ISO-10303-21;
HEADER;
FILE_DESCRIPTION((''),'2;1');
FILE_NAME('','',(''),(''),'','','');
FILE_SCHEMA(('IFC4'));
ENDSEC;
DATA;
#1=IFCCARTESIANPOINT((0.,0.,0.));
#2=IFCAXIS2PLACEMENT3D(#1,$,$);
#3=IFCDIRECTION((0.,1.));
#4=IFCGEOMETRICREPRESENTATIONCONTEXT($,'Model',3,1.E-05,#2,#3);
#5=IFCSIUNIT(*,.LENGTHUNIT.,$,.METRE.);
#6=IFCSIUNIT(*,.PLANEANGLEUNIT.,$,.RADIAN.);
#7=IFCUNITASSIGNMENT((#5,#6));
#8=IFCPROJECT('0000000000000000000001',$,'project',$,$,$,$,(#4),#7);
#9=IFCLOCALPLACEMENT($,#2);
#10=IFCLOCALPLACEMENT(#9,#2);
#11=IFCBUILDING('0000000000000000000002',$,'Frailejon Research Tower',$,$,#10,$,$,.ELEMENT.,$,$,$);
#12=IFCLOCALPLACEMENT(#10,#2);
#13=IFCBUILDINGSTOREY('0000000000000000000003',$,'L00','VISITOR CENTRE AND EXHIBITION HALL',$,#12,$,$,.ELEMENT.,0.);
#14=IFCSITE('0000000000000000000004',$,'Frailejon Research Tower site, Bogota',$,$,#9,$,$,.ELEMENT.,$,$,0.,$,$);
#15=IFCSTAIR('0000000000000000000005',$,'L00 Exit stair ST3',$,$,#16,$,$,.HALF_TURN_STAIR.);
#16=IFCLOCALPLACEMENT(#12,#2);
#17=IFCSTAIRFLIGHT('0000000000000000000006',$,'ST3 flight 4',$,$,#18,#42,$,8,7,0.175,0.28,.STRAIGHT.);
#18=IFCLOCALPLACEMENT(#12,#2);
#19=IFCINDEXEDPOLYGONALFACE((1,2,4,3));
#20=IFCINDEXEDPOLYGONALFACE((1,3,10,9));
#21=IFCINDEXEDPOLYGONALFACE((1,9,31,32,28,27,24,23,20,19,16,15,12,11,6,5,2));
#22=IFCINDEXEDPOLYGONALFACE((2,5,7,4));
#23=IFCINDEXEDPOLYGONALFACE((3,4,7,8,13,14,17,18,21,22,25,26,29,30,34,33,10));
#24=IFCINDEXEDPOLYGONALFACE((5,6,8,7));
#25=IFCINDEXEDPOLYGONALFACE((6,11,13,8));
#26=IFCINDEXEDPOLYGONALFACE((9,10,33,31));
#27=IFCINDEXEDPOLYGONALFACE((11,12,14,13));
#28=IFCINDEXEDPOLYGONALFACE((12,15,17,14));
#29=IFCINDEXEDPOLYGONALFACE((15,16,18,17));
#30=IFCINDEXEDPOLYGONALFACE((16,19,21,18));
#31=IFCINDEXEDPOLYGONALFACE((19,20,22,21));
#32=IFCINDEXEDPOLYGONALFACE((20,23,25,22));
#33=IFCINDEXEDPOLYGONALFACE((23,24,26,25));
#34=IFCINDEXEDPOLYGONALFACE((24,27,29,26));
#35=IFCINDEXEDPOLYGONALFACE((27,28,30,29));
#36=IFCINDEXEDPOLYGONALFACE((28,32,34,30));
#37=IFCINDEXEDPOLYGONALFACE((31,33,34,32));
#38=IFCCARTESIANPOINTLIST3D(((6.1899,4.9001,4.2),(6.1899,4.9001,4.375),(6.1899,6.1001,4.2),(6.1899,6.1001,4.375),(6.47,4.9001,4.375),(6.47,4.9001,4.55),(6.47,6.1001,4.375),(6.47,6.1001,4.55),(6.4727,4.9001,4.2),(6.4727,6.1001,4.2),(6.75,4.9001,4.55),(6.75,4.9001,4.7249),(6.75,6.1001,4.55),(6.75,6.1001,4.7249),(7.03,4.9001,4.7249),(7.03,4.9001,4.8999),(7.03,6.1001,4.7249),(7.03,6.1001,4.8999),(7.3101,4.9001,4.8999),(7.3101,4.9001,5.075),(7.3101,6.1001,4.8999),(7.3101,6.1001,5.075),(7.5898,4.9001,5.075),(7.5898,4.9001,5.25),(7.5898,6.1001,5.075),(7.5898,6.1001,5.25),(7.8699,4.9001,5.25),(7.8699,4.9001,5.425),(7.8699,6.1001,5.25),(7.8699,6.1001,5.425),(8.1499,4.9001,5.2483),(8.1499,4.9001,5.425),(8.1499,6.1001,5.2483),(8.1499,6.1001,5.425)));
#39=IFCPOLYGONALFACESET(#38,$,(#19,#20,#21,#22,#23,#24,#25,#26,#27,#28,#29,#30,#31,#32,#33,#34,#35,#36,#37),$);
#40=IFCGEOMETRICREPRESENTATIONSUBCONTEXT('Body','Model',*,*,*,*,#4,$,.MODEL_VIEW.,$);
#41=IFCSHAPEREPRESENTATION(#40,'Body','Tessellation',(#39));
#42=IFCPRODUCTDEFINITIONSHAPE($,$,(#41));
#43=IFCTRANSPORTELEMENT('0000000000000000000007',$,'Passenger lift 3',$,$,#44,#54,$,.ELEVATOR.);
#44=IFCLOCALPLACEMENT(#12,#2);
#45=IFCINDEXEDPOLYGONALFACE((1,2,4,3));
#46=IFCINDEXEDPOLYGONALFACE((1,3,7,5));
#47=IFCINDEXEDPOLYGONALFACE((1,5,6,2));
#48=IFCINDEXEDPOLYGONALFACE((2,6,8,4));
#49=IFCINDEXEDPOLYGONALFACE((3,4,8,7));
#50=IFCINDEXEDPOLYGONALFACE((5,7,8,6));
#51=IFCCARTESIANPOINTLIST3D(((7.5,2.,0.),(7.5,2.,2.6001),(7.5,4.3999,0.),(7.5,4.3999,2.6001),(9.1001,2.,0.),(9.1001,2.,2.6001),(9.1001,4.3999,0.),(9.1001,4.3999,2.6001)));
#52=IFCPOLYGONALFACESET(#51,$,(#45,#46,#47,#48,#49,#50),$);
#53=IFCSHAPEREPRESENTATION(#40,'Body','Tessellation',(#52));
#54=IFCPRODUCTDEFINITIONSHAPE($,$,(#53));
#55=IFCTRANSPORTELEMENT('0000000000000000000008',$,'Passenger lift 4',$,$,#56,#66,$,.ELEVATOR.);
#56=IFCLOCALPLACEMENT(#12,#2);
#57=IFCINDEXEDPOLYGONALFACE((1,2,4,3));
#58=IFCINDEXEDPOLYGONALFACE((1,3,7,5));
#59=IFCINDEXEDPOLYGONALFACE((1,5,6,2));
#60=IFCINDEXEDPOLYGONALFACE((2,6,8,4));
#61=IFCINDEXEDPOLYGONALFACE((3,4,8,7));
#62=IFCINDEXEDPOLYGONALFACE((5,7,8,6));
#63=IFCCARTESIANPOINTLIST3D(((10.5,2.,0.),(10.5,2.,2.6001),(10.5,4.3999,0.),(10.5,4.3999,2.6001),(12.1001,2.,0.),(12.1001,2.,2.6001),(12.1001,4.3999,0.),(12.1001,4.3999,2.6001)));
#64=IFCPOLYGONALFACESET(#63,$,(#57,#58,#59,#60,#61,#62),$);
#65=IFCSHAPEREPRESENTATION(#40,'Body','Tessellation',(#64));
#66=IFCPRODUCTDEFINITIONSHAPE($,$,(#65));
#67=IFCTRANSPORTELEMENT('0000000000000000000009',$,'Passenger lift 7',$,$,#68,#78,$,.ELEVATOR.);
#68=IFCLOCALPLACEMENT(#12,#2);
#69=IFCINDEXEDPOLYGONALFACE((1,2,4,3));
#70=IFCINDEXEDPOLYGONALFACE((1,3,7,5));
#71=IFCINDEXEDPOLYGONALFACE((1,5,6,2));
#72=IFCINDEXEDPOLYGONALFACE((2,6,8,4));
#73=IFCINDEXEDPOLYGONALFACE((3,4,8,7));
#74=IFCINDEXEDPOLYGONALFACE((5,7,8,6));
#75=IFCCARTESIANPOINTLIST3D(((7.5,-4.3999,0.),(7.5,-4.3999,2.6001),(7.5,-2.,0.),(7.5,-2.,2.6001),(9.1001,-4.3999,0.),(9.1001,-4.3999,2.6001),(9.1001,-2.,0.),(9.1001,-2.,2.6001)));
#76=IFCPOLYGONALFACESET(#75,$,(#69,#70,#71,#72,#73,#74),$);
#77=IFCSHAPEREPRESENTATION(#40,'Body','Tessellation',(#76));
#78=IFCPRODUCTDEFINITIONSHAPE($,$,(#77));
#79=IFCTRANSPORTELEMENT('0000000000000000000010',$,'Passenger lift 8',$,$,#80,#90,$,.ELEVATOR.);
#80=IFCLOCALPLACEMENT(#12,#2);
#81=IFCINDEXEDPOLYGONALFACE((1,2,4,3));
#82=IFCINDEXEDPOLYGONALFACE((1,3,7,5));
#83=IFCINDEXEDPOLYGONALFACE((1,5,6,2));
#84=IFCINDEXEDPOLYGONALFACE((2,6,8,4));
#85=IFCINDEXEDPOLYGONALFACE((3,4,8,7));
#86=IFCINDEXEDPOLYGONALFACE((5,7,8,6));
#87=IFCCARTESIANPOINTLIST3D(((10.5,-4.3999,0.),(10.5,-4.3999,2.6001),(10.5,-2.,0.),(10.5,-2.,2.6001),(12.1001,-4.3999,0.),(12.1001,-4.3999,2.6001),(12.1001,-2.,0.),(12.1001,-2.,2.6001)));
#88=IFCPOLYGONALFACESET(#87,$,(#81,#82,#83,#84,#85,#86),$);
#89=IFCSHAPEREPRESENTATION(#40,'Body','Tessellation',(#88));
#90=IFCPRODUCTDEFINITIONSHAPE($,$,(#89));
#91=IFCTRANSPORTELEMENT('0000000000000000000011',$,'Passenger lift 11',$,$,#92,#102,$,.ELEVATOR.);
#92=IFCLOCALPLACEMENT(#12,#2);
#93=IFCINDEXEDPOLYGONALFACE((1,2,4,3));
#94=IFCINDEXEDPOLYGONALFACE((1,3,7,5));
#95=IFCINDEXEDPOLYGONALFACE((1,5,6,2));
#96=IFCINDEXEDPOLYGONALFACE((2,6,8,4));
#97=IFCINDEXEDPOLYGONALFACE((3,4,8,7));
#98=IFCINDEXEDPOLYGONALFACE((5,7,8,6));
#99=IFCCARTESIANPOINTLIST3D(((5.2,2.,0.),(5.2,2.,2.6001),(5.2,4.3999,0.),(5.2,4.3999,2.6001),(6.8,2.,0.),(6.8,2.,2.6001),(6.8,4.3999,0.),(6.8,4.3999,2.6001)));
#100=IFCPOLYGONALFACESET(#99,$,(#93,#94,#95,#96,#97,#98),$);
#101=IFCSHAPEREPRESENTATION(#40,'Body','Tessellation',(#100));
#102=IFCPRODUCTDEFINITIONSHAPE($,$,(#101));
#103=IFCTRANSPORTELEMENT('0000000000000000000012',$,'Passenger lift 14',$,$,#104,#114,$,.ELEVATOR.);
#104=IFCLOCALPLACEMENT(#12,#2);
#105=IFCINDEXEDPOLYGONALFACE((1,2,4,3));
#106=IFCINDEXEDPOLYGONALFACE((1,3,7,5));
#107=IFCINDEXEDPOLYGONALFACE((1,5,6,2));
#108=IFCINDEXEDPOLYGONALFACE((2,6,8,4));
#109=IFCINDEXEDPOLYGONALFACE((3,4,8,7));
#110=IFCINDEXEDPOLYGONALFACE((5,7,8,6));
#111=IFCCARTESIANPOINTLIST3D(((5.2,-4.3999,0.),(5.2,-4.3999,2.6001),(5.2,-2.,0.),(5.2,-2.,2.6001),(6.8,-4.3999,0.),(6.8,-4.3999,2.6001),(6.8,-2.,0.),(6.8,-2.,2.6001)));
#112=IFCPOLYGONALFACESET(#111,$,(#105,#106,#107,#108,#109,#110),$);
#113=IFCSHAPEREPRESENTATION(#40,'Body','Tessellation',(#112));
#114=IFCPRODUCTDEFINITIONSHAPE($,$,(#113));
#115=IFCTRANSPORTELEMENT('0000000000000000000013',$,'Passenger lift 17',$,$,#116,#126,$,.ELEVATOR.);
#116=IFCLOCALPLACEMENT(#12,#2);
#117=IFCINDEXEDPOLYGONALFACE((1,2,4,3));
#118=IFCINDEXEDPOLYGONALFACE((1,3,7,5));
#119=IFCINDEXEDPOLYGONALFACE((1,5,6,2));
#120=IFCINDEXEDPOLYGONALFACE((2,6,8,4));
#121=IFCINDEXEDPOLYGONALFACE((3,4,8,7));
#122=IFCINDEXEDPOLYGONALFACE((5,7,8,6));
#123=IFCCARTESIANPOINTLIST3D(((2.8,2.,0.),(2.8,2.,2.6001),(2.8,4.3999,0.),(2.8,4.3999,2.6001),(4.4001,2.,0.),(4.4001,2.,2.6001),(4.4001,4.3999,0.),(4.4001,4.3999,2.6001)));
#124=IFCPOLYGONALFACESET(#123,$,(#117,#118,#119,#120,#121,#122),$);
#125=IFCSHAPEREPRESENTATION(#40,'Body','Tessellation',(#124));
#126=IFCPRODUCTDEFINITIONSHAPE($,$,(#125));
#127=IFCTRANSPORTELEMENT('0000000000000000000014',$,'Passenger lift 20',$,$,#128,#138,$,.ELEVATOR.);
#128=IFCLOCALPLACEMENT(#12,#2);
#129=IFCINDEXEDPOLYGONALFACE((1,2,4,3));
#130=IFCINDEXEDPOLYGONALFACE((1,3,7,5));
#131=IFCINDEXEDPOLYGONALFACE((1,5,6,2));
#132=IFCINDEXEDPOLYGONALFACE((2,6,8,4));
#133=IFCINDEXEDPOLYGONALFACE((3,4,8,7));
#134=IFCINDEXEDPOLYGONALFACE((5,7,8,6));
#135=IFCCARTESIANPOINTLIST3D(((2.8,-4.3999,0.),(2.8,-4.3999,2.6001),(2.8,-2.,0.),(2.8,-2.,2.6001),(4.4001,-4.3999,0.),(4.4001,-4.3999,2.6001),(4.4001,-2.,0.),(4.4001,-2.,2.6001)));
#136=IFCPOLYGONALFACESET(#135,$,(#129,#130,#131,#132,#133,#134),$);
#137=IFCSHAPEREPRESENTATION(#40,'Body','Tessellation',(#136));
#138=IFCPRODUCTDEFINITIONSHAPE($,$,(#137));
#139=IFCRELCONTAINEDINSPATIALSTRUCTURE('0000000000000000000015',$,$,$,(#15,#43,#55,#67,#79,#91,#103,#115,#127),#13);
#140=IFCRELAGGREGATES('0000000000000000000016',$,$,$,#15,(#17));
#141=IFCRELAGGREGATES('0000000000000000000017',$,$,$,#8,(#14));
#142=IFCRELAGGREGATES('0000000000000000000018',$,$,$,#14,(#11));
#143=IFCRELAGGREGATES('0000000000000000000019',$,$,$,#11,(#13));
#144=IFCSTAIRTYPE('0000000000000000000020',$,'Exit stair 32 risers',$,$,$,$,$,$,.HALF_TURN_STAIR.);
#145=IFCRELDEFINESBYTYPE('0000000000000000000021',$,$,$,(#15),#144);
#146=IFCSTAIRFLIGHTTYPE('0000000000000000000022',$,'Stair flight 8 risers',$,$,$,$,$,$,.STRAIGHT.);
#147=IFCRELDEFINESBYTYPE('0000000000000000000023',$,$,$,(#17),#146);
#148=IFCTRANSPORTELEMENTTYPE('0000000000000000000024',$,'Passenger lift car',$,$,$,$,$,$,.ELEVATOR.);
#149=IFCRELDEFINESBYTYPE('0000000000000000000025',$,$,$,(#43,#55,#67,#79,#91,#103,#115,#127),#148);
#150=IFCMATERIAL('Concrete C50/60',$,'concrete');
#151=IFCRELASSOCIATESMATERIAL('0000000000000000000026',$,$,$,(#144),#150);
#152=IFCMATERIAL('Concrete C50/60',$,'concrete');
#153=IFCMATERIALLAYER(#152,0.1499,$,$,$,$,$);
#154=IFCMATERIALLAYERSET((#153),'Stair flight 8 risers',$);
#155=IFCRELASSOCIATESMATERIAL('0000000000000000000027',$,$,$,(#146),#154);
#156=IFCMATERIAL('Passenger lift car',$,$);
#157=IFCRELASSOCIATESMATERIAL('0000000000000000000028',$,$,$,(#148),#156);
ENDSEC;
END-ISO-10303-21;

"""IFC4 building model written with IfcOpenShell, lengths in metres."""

from ifc_helpers import new_model, si_unit, direction, frame, origin, origin_2d, place, context, subcontext, project, spatial, polyline, rectangle, outline, extrude, material, layer, layer_set, type_object, element, aggregate, save


model = new_model("IFC4")

# Units and contexts
model_context = context("Model", 3, precision=1e-05, world=origin(), true_north=direction((0.0, 1.0)))
body_context = subcontext(model_context, "Body", "Model", "MODEL_VIEW")
ifc_project = project(units=[si_unit("LENGTHUNIT", "METRE"), si_unit("PLANEANGLEUNIT", "RADIAN")], contexts=[model_context])

# Site, building, storey
site_placement = place(None, origin())
site = spatial("IfcSite", under=ifc_project, at=site_placement, Name="Frailejon Research Tower site, Bogota", CompositionType="ELEMENT", RefElevation=0.0)
building_placement = place(site_placement, origin())
building = spatial("IfcBuilding", under=site, at=building_placement, Name="Frailejon Research Tower", CompositionType="ELEMENT")
storey_placement = place(building_placement, origin())
storey = spatial("IfcBuildingStorey", under=building, at=storey_placement, Name="L00", Description="VISITOR CENTRE AND EXHIBITION HALL", CompositionType="ELEMENT", Elevation=0.0)

# Stair, stair flight
ifc_material_1 = material(Name="Concrete C50/60", Category="concrete")
stair_type = type_object("IfcStairType", Name="Exit stair 32 risers", PredefinedType="HALF_TURN_STAIR", material=ifc_material_1)
stair_placement = place(storey_placement, origin())
stair = element("IfcStair", 1, at=stair_placement, inside=storey, type_object=stair_type, Name="L00 Exit stair ST3", PredefinedType="HALF_TURN_STAIR")
ifc_material_2 = material(Name="Concrete C50/60", Category="concrete")
ifc_layer_1 = layer(ifc_material_2, 0.1499)
ifc_layer_set_1 = layer_set([ifc_layer_1], Name="Stair flight 8 risers")
stair_flight_type = type_object("IfcStairFlightType", Name="Stair flight 8 risers", PredefinedType="STRAIGHT", material=ifc_layer_set_1)
stair_flight_1_placement = place(storey_placement, frame((6.1899, 5.5, 4.2), z_axis=(0.0, 0.0, 1.0), x_axis=(1.0, 0.0, 0.0)))
stair_flight_1 = element("IfcStairFlight", 2, at=stair_flight_1_placement, type_object=stair_flight_type, Name="ST3 flight 4", NumberOfRisers=8, NumberOfTreads=7, PredefinedType="STRAIGHT", RiserHeight=0.175, TreadLength=0.28, context=body_context, shape_type="SweptSolid", body=[
    extrude(outline(polyline([(0.0, 0.0), (0.0, 0.175), (0.28, 0.175), (0.28, 0.3501), (0.5601, 0.3501), (0.5601, 0.5249), (0.8401, 0.5249), (0.8401, 0.7), (1.1201, 0.7), (1.1201, 0.875), (1.3999, 0.875), (1.3999, 1.05), (1.6799, 1.05), (1.6799, 1.2251), (1.96, 1.2251), (1.96, 1.3999), (1.96, 1.0483), (0.2827, 0.0), (0.0, 0.0)])), frame((0.0, 0.6001, 0.0), z_axis=(0.0, -1.0, 0.0), x_axis=(1.0, 0.0, 0.0)), (0.0, 0.0, 1.0), 1.2),
])
aggregate(stair, [stair_flight_1])

# Transport elements
ifc_material_3 = material(Name="Passenger lift car")
transport_element_type = type_object("IfcTransportElementType", Name="Passenger lift car", PredefinedType="ELEVATOR", material=ifc_material_3)
for number, where, z_axis, x_axis, name in (
    (3, (8.3, 3.2, 0.0), (0.0, 0.0, 1.0), (1.0, 0.0, 0.0), "Passenger lift 3"),
    (4, (11.3, 3.2, 0.0), (0.0, 0.0, 1.0), (1.0, 0.0, 0.0), "Passenger lift 4"),
    (5, (8.3, -3.2, 0.0), (0.0, 0.0, 1.0), (1.0, 0.0, 0.0), "Passenger lift 7"),
    (6, (11.3, -3.2, 0.0), (0.0, 0.0, 1.0), (1.0, 0.0, 0.0), "Passenger lift 8"),
    (7, (6.0, 3.2, 0.0), (0.0, 0.0, 1.0), (1.0, 0.0, 0.0), "Passenger lift 11"),
    (8, (6.0, -3.2, 0.0), (0.0, 0.0, 1.0), (1.0, 0.0, 0.0), "Passenger lift 14"),
    (9, (3.6001, 3.2, 0.0), (0.0, 0.0, 1.0), (1.0, 0.0, 0.0), "Passenger lift 17"),
    (10, (3.6001, -3.2, 0.0), (0.0, 0.0, 1.0), (1.0, 0.0, 0.0), "Passenger lift 20"),
):
    element("IfcTransportElement", number, at=place(storey_placement, frame(where, z_axis=z_axis, x_axis=x_axis)), inside=storey, type_object=transport_element_type, Name=name, PredefinedType="ELEVATOR", context=body_context, shape_type="SweptSolid", body=[
        extrude(rectangle(XDim=1.6001, YDim=2.3999, at=origin_2d()), origin(), (0.0, 0.0, 1.0), 2.6001),
    ])

save(model, "model.ifc")
